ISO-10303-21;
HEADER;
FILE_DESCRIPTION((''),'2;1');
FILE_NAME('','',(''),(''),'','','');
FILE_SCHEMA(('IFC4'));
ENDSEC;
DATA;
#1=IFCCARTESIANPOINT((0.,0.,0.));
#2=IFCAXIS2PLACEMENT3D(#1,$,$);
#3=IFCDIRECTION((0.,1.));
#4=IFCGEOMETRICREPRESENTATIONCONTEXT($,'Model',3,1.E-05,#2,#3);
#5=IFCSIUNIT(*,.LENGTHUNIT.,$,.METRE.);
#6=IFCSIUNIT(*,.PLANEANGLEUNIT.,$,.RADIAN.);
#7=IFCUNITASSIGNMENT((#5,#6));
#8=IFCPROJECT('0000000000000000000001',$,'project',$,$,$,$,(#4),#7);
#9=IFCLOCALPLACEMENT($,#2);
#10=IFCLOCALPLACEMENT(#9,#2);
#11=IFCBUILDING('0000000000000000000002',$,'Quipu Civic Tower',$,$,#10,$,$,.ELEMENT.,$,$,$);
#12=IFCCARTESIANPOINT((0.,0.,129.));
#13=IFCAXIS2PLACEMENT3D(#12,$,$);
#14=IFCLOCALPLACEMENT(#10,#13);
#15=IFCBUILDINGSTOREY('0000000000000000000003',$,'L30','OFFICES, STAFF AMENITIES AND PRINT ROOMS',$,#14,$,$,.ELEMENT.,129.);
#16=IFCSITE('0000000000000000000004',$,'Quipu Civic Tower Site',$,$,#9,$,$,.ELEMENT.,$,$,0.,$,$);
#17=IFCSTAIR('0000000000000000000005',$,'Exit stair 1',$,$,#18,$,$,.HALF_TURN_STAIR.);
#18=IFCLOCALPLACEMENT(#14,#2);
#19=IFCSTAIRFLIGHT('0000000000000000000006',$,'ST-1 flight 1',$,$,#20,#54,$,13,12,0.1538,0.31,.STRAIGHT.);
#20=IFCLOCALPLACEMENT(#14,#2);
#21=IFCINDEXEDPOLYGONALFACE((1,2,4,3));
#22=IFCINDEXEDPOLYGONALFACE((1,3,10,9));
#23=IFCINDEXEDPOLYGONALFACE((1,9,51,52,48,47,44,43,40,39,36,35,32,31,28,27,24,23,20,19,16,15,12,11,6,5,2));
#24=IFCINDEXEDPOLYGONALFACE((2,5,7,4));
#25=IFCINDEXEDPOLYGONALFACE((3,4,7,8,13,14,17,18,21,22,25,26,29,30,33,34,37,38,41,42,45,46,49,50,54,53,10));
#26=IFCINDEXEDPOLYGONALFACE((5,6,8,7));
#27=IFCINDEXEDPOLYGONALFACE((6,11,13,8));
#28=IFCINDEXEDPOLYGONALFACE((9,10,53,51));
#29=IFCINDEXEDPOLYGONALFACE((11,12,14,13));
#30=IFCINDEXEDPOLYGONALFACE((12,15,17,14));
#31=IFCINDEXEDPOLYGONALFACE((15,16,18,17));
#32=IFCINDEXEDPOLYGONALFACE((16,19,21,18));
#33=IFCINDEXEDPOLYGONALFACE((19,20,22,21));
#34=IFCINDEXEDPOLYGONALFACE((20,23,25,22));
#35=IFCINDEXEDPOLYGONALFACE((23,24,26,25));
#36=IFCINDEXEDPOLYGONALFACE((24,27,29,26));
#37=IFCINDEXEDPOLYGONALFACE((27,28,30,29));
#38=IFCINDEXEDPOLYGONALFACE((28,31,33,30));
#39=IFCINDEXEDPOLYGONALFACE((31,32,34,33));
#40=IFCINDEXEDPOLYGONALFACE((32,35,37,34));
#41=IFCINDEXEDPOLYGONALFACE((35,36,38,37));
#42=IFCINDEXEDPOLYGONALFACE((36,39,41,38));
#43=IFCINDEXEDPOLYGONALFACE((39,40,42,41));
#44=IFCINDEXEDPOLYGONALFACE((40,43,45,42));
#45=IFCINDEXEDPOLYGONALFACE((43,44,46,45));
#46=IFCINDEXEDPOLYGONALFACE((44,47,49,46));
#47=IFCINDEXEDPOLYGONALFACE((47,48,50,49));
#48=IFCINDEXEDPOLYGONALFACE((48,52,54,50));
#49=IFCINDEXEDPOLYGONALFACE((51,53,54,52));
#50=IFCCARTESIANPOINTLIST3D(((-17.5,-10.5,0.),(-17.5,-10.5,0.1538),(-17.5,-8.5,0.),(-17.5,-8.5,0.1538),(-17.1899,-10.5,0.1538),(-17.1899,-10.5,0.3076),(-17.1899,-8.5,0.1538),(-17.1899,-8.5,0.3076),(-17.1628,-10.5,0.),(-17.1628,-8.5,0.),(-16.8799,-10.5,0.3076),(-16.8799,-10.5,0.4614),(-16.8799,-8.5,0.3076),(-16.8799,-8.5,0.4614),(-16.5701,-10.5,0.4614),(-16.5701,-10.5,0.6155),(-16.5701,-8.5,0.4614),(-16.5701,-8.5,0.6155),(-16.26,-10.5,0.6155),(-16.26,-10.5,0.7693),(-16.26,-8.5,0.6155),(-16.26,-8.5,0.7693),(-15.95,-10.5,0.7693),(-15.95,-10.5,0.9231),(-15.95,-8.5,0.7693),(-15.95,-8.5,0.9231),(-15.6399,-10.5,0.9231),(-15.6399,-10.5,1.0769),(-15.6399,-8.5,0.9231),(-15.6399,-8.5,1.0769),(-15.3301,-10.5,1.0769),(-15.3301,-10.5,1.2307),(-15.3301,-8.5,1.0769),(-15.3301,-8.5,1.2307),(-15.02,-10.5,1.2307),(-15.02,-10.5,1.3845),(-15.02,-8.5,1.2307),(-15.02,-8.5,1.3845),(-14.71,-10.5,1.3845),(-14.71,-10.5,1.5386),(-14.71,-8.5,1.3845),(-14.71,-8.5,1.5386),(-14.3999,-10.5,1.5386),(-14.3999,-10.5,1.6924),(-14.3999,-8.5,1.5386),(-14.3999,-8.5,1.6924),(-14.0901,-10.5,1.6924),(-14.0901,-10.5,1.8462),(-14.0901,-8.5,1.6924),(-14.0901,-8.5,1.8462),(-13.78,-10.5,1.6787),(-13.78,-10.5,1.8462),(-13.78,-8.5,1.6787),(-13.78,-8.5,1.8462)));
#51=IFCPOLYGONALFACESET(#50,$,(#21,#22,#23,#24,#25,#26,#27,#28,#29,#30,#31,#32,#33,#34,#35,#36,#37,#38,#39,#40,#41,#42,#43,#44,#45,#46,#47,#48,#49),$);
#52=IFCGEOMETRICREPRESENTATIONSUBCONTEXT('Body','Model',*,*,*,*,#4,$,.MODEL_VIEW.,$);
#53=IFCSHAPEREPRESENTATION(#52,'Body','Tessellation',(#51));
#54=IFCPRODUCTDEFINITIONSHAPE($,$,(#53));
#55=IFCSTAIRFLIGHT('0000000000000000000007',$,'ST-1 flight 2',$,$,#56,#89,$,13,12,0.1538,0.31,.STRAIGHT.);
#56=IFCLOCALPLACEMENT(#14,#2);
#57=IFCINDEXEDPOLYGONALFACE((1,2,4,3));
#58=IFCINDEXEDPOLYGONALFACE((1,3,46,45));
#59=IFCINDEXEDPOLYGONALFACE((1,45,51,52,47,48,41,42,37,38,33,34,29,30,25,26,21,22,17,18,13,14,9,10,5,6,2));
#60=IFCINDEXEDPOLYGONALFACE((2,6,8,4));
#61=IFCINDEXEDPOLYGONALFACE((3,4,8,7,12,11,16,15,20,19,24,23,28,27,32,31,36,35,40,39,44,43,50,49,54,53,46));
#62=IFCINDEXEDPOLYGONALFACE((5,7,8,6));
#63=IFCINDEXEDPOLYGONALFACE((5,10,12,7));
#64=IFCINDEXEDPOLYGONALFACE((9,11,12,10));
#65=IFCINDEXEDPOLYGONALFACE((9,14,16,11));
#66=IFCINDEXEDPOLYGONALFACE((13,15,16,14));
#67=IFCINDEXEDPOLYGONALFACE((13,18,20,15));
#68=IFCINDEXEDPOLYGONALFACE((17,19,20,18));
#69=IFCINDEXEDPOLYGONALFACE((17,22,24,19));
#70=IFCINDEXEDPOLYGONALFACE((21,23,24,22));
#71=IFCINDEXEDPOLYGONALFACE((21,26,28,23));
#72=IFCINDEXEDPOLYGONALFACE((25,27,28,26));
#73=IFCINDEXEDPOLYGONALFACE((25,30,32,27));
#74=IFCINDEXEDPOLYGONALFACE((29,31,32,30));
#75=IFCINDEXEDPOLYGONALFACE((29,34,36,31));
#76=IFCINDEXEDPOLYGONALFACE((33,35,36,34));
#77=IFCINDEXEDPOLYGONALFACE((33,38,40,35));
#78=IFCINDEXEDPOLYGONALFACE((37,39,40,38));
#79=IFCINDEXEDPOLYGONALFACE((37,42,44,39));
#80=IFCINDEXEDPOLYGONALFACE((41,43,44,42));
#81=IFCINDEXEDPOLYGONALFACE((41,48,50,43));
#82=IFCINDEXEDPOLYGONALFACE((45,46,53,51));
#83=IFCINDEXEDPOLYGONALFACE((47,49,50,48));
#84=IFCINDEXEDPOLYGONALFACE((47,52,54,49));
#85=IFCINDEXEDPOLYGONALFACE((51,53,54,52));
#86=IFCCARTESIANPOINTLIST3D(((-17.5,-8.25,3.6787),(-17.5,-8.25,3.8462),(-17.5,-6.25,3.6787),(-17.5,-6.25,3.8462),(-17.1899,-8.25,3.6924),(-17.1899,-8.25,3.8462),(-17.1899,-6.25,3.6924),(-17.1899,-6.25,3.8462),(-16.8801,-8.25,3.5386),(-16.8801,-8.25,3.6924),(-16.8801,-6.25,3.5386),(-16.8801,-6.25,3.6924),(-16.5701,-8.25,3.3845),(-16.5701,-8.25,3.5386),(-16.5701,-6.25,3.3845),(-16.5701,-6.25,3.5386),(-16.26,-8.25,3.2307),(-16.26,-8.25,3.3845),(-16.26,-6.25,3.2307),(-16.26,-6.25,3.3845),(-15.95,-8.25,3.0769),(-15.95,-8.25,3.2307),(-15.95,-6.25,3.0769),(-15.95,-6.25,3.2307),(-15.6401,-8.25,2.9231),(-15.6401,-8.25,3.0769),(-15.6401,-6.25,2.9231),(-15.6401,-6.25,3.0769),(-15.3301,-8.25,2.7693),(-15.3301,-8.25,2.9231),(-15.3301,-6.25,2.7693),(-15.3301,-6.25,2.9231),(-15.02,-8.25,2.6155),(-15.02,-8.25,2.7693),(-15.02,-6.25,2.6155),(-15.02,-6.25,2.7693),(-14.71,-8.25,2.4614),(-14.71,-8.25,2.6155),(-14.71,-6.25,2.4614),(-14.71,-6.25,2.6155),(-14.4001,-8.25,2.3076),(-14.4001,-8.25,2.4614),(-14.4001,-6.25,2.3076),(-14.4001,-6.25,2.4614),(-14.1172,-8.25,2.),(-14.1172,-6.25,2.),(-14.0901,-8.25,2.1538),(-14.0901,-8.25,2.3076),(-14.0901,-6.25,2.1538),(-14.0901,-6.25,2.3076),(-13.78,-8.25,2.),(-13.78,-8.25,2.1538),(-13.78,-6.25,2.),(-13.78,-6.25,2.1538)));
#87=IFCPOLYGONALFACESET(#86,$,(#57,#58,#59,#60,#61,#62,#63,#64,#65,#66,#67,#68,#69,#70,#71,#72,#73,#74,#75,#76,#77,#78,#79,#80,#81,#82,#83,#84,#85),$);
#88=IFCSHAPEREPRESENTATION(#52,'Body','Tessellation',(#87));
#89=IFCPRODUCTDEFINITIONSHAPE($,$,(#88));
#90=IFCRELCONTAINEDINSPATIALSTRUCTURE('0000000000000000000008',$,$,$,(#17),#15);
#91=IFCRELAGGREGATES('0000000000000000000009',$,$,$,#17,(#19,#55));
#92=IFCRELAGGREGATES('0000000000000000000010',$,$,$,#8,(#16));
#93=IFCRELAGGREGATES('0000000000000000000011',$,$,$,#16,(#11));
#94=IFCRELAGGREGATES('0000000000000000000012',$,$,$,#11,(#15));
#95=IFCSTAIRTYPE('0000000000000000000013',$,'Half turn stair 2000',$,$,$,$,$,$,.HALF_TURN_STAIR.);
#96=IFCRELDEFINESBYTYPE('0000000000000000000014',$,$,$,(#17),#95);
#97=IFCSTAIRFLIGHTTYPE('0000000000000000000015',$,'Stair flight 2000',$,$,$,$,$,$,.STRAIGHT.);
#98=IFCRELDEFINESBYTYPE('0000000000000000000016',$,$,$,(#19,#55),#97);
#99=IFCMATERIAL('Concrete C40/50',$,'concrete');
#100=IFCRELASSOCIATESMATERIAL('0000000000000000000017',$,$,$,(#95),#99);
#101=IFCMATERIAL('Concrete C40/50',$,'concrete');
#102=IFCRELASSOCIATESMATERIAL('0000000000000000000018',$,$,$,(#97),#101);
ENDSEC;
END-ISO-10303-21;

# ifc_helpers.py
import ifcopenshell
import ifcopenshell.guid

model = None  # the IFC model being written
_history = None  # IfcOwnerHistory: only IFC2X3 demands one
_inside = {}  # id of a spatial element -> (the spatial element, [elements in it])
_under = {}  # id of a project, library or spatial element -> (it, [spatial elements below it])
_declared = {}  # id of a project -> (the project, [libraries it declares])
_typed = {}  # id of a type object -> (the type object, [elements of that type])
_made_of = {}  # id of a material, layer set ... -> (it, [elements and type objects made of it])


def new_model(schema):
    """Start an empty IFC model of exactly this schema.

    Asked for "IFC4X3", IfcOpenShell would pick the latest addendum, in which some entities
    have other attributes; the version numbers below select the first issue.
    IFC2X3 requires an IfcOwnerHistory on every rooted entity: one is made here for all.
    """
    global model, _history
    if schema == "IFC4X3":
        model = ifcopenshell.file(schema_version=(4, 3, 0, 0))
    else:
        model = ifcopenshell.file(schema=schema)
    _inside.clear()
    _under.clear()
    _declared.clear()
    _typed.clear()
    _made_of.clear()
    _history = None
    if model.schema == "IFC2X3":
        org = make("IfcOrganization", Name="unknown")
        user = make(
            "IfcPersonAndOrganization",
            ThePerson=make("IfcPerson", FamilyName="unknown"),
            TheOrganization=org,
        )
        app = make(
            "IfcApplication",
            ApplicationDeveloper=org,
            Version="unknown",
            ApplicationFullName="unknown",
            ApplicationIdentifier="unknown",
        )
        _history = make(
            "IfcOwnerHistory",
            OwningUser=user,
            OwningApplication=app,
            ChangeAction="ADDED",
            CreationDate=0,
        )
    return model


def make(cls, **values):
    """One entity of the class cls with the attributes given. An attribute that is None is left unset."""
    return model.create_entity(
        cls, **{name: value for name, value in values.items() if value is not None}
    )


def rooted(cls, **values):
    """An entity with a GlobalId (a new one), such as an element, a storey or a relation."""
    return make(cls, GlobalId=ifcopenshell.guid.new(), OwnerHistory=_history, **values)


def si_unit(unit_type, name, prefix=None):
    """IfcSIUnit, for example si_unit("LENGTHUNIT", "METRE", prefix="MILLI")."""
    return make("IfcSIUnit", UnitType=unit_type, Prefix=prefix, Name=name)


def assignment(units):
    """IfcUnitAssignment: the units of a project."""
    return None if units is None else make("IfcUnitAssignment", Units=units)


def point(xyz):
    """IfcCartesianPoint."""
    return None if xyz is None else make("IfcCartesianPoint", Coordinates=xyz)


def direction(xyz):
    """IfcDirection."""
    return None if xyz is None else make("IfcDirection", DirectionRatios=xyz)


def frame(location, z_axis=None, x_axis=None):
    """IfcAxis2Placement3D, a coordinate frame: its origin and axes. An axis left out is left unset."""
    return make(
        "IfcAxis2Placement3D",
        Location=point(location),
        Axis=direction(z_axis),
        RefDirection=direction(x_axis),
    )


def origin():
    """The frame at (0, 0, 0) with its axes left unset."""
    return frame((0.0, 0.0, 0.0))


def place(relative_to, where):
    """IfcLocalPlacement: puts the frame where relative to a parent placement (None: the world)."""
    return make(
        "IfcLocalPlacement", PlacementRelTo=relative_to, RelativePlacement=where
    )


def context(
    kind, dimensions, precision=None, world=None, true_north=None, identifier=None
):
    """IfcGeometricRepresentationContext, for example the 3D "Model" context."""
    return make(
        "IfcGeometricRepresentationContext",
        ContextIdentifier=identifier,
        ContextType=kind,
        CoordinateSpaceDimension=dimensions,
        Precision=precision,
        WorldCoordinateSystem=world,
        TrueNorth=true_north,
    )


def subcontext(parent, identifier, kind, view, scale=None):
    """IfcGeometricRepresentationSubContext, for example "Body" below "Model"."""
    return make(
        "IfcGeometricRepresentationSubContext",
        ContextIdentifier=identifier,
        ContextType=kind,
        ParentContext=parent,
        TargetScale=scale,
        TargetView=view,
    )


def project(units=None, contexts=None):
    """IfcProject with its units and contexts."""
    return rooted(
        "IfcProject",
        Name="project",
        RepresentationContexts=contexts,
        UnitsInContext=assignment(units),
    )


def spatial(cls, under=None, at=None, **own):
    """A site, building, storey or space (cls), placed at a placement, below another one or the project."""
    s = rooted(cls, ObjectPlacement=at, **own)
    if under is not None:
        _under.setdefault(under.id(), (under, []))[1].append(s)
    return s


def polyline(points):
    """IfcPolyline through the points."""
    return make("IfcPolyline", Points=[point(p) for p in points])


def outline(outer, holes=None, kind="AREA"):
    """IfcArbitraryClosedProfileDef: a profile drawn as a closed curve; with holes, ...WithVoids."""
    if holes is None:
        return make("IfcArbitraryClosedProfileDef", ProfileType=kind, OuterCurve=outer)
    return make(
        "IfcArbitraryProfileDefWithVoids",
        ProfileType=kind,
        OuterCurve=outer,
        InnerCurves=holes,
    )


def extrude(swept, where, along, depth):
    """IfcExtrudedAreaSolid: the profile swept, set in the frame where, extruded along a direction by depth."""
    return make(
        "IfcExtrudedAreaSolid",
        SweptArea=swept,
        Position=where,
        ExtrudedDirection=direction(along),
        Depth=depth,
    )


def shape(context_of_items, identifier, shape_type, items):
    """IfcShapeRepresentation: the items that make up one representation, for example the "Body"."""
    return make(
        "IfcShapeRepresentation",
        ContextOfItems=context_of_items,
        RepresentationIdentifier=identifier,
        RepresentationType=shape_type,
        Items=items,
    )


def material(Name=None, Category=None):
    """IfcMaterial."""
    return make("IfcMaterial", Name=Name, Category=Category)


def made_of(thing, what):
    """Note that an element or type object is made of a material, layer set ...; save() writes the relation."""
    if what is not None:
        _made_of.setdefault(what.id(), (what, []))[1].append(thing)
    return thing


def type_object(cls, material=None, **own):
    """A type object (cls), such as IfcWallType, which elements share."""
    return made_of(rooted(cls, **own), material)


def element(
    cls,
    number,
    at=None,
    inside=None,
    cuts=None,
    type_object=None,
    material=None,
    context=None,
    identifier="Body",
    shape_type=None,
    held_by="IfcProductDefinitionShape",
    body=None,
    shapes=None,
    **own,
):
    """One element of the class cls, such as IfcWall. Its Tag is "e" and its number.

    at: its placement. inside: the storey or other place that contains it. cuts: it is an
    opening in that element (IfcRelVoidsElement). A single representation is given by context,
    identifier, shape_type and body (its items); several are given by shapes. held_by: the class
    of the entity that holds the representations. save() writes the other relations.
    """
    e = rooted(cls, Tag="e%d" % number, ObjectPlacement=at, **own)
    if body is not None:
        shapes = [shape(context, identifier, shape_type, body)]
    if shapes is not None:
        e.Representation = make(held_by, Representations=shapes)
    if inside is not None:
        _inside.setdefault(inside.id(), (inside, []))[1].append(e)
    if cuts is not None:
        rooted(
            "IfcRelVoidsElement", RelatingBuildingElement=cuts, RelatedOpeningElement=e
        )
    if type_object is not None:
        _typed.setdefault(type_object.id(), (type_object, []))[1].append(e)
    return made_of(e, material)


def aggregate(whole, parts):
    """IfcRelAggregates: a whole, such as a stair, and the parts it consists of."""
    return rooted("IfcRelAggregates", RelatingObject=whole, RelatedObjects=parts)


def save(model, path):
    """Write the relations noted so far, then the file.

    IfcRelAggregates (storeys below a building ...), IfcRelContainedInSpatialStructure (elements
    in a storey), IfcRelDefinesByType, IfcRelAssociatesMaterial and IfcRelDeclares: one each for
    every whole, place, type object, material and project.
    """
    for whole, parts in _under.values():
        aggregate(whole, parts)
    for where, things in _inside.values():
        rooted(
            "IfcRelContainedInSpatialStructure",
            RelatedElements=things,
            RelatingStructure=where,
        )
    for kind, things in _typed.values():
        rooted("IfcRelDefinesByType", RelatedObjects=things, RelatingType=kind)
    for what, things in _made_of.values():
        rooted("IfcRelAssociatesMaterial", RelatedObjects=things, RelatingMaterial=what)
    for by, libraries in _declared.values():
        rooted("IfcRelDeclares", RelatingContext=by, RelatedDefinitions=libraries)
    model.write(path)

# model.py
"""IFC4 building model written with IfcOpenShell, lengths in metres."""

from ifc_helpers import new_model, si_unit, direction, frame, origin, place, context, subcontext, project, spatial, polyline, outline, extrude, material, type_object, element, aggregate, save


model = new_model("IFC4")

# Units and contexts
model_context = context("Model", 3, precision=1e-05, world=origin(), true_north=direction((0.0, 1.0)))
body_context = subcontext(model_context, "Body", "Model", "MODEL_VIEW")
ifc_project = project(units=[si_unit("LENGTHUNIT", "METRE"), si_unit("PLANEANGLEUNIT", "RADIAN")], contexts=[model_context])

# Site, building, storey
site_placement = place(None, origin())
site = spatial("IfcSite", under=ifc_project, at=site_placement, Name="Quipu Civic Tower Site", CompositionType="ELEMENT", RefElevation=0.0)
building_placement = place(site_placement, origin())
building = spatial("IfcBuilding", under=site, at=building_placement, Name="Quipu Civic Tower", CompositionType="ELEMENT")
storey_placement = place(building_placement, frame((0.0, 0.0, 129.0)))
storey = spatial("IfcBuildingStorey", under=building, at=storey_placement, Name="L30", Description="OFFICES, STAFF AMENITIES AND PRINT ROOMS", CompositionType="ELEMENT", Elevation=129.0)

# Stair, stair flights
ifc_material_1 = material(Name="Concrete C40/50", Category="concrete")
stair_type = type_object("IfcStairType", Name="Half turn stair 2000", PredefinedType="HALF_TURN_STAIR", material=ifc_material_1)
stair_placement = place(storey_placement, origin())
stair = element("IfcStair", 1, at=stair_placement, inside=storey, type_object=stair_type, Name="Exit stair 1", PredefinedType="HALF_TURN_STAIR")
ifc_material_2 = material(Name="Concrete C40/50", Category="concrete")
stair_flight_type = type_object("IfcStairFlightType", Name="Stair flight 2000", PredefinedType="STRAIGHT", material=ifc_material_2)
stair_flight_1_placement = place(storey_placement, frame((-17.5, -9.5, 0.0), z_axis=(0.0, 0.0, 1.0), x_axis=(1.0, 0.0, 0.0)))
stair_flight_1 = element("IfcStairFlight", 2, at=stair_flight_1_placement, type_object=stair_flight_type, Name="ST-1 flight 1", NumberOfRisers=13, NumberOfTreads=12, PredefinedType="STRAIGHT", RiserHeight=0.1538, TreadLength=0.31, context=body_context, shape_type="SweptSolid", body=[
    extrude(outline(polyline([(0.0, 0.0), (0.0, 0.1538), (0.3101, 0.1538), (0.3101, 0.3076), (0.6201, 0.3076), (0.6201, 0.4614), (0.9299, 0.4614), (0.9299, 0.6155), (1.24, 0.6155), (1.24, 0.7693), (1.55, 0.7693), (1.55, 0.9231), (1.8601, 0.9231), (1.8601, 1.0769), (2.1699, 1.0769), (2.1699, 1.2307), (2.48, 1.2307), (2.48, 1.3845), (2.79, 1.3845), (2.79, 1.5386), (3.1001, 1.5386), (3.1001, 1.6924), (3.4099, 1.6924), (3.4099, 1.8462), (3.72, 1.8462), (3.72, 2.0), (3.72, 1.6787), (0.3372, 0.0), (0.0, 0.0)])), frame((0.0, 1.0, 0.0), z_axis=(0.0, -1.0, 0.0), x_axis=(1.0, 0.0, 0.0)), (0.0, 0.0, 1.0), 2.0),
])
stair_flight_2_placement = place(storey_placement, frame((-13.78, -7.25, 2.0), z_axis=(0.0, 0.0, 1.0), x_axis=(-1.0, 0.0, 0.0)))
stair_flight_2 = element("IfcStairFlight", 3, at=stair_flight_2_placement, type_object=stair_flight_type, Name="ST-1 flight 2", NumberOfRisers=13, NumberOfTreads=12, PredefinedType="STRAIGHT", RiserHeight=0.1538, TreadLength=0.31, context=body_context, shape_type="SweptSolid", body=[
    extrude(outline(polyline([(0.0, 0.0), (0.0, 0.1538), (0.3101, 0.1538), (0.3101, 0.3076), (0.6201, 0.3076), (0.6201, 0.4614), (0.9299, 0.4614), (0.9299, 0.6155), (1.24, 0.6155), (1.24, 0.7693), (1.55, 0.7693), (1.55, 0.9231), (1.8601, 0.9231), (1.8601, 1.0769), (2.1699, 1.0769), (2.1699, 1.2307), (2.48, 1.2307), (2.48, 1.3845), (2.79, 1.3845), (2.79, 1.5386), (3.1001, 1.5386), (3.1001, 1.6924), (3.4099, 1.6924), (3.4099, 1.8462), (3.72, 1.8462), (3.72, 2.0), (3.72, 1.6787), (0.3372, 0.0), (0.0, 0.0)])), frame((0.0, 1.0, 0.0), z_axis=(0.0, -1.0, 0.0), x_axis=(1.0, 0.0, 0.0)), (0.0, 0.0, 1.0), 2.0),
])
aggregate(stair, [stair_flight_1, stair_flight_2])

save(model, "model.ifc")
